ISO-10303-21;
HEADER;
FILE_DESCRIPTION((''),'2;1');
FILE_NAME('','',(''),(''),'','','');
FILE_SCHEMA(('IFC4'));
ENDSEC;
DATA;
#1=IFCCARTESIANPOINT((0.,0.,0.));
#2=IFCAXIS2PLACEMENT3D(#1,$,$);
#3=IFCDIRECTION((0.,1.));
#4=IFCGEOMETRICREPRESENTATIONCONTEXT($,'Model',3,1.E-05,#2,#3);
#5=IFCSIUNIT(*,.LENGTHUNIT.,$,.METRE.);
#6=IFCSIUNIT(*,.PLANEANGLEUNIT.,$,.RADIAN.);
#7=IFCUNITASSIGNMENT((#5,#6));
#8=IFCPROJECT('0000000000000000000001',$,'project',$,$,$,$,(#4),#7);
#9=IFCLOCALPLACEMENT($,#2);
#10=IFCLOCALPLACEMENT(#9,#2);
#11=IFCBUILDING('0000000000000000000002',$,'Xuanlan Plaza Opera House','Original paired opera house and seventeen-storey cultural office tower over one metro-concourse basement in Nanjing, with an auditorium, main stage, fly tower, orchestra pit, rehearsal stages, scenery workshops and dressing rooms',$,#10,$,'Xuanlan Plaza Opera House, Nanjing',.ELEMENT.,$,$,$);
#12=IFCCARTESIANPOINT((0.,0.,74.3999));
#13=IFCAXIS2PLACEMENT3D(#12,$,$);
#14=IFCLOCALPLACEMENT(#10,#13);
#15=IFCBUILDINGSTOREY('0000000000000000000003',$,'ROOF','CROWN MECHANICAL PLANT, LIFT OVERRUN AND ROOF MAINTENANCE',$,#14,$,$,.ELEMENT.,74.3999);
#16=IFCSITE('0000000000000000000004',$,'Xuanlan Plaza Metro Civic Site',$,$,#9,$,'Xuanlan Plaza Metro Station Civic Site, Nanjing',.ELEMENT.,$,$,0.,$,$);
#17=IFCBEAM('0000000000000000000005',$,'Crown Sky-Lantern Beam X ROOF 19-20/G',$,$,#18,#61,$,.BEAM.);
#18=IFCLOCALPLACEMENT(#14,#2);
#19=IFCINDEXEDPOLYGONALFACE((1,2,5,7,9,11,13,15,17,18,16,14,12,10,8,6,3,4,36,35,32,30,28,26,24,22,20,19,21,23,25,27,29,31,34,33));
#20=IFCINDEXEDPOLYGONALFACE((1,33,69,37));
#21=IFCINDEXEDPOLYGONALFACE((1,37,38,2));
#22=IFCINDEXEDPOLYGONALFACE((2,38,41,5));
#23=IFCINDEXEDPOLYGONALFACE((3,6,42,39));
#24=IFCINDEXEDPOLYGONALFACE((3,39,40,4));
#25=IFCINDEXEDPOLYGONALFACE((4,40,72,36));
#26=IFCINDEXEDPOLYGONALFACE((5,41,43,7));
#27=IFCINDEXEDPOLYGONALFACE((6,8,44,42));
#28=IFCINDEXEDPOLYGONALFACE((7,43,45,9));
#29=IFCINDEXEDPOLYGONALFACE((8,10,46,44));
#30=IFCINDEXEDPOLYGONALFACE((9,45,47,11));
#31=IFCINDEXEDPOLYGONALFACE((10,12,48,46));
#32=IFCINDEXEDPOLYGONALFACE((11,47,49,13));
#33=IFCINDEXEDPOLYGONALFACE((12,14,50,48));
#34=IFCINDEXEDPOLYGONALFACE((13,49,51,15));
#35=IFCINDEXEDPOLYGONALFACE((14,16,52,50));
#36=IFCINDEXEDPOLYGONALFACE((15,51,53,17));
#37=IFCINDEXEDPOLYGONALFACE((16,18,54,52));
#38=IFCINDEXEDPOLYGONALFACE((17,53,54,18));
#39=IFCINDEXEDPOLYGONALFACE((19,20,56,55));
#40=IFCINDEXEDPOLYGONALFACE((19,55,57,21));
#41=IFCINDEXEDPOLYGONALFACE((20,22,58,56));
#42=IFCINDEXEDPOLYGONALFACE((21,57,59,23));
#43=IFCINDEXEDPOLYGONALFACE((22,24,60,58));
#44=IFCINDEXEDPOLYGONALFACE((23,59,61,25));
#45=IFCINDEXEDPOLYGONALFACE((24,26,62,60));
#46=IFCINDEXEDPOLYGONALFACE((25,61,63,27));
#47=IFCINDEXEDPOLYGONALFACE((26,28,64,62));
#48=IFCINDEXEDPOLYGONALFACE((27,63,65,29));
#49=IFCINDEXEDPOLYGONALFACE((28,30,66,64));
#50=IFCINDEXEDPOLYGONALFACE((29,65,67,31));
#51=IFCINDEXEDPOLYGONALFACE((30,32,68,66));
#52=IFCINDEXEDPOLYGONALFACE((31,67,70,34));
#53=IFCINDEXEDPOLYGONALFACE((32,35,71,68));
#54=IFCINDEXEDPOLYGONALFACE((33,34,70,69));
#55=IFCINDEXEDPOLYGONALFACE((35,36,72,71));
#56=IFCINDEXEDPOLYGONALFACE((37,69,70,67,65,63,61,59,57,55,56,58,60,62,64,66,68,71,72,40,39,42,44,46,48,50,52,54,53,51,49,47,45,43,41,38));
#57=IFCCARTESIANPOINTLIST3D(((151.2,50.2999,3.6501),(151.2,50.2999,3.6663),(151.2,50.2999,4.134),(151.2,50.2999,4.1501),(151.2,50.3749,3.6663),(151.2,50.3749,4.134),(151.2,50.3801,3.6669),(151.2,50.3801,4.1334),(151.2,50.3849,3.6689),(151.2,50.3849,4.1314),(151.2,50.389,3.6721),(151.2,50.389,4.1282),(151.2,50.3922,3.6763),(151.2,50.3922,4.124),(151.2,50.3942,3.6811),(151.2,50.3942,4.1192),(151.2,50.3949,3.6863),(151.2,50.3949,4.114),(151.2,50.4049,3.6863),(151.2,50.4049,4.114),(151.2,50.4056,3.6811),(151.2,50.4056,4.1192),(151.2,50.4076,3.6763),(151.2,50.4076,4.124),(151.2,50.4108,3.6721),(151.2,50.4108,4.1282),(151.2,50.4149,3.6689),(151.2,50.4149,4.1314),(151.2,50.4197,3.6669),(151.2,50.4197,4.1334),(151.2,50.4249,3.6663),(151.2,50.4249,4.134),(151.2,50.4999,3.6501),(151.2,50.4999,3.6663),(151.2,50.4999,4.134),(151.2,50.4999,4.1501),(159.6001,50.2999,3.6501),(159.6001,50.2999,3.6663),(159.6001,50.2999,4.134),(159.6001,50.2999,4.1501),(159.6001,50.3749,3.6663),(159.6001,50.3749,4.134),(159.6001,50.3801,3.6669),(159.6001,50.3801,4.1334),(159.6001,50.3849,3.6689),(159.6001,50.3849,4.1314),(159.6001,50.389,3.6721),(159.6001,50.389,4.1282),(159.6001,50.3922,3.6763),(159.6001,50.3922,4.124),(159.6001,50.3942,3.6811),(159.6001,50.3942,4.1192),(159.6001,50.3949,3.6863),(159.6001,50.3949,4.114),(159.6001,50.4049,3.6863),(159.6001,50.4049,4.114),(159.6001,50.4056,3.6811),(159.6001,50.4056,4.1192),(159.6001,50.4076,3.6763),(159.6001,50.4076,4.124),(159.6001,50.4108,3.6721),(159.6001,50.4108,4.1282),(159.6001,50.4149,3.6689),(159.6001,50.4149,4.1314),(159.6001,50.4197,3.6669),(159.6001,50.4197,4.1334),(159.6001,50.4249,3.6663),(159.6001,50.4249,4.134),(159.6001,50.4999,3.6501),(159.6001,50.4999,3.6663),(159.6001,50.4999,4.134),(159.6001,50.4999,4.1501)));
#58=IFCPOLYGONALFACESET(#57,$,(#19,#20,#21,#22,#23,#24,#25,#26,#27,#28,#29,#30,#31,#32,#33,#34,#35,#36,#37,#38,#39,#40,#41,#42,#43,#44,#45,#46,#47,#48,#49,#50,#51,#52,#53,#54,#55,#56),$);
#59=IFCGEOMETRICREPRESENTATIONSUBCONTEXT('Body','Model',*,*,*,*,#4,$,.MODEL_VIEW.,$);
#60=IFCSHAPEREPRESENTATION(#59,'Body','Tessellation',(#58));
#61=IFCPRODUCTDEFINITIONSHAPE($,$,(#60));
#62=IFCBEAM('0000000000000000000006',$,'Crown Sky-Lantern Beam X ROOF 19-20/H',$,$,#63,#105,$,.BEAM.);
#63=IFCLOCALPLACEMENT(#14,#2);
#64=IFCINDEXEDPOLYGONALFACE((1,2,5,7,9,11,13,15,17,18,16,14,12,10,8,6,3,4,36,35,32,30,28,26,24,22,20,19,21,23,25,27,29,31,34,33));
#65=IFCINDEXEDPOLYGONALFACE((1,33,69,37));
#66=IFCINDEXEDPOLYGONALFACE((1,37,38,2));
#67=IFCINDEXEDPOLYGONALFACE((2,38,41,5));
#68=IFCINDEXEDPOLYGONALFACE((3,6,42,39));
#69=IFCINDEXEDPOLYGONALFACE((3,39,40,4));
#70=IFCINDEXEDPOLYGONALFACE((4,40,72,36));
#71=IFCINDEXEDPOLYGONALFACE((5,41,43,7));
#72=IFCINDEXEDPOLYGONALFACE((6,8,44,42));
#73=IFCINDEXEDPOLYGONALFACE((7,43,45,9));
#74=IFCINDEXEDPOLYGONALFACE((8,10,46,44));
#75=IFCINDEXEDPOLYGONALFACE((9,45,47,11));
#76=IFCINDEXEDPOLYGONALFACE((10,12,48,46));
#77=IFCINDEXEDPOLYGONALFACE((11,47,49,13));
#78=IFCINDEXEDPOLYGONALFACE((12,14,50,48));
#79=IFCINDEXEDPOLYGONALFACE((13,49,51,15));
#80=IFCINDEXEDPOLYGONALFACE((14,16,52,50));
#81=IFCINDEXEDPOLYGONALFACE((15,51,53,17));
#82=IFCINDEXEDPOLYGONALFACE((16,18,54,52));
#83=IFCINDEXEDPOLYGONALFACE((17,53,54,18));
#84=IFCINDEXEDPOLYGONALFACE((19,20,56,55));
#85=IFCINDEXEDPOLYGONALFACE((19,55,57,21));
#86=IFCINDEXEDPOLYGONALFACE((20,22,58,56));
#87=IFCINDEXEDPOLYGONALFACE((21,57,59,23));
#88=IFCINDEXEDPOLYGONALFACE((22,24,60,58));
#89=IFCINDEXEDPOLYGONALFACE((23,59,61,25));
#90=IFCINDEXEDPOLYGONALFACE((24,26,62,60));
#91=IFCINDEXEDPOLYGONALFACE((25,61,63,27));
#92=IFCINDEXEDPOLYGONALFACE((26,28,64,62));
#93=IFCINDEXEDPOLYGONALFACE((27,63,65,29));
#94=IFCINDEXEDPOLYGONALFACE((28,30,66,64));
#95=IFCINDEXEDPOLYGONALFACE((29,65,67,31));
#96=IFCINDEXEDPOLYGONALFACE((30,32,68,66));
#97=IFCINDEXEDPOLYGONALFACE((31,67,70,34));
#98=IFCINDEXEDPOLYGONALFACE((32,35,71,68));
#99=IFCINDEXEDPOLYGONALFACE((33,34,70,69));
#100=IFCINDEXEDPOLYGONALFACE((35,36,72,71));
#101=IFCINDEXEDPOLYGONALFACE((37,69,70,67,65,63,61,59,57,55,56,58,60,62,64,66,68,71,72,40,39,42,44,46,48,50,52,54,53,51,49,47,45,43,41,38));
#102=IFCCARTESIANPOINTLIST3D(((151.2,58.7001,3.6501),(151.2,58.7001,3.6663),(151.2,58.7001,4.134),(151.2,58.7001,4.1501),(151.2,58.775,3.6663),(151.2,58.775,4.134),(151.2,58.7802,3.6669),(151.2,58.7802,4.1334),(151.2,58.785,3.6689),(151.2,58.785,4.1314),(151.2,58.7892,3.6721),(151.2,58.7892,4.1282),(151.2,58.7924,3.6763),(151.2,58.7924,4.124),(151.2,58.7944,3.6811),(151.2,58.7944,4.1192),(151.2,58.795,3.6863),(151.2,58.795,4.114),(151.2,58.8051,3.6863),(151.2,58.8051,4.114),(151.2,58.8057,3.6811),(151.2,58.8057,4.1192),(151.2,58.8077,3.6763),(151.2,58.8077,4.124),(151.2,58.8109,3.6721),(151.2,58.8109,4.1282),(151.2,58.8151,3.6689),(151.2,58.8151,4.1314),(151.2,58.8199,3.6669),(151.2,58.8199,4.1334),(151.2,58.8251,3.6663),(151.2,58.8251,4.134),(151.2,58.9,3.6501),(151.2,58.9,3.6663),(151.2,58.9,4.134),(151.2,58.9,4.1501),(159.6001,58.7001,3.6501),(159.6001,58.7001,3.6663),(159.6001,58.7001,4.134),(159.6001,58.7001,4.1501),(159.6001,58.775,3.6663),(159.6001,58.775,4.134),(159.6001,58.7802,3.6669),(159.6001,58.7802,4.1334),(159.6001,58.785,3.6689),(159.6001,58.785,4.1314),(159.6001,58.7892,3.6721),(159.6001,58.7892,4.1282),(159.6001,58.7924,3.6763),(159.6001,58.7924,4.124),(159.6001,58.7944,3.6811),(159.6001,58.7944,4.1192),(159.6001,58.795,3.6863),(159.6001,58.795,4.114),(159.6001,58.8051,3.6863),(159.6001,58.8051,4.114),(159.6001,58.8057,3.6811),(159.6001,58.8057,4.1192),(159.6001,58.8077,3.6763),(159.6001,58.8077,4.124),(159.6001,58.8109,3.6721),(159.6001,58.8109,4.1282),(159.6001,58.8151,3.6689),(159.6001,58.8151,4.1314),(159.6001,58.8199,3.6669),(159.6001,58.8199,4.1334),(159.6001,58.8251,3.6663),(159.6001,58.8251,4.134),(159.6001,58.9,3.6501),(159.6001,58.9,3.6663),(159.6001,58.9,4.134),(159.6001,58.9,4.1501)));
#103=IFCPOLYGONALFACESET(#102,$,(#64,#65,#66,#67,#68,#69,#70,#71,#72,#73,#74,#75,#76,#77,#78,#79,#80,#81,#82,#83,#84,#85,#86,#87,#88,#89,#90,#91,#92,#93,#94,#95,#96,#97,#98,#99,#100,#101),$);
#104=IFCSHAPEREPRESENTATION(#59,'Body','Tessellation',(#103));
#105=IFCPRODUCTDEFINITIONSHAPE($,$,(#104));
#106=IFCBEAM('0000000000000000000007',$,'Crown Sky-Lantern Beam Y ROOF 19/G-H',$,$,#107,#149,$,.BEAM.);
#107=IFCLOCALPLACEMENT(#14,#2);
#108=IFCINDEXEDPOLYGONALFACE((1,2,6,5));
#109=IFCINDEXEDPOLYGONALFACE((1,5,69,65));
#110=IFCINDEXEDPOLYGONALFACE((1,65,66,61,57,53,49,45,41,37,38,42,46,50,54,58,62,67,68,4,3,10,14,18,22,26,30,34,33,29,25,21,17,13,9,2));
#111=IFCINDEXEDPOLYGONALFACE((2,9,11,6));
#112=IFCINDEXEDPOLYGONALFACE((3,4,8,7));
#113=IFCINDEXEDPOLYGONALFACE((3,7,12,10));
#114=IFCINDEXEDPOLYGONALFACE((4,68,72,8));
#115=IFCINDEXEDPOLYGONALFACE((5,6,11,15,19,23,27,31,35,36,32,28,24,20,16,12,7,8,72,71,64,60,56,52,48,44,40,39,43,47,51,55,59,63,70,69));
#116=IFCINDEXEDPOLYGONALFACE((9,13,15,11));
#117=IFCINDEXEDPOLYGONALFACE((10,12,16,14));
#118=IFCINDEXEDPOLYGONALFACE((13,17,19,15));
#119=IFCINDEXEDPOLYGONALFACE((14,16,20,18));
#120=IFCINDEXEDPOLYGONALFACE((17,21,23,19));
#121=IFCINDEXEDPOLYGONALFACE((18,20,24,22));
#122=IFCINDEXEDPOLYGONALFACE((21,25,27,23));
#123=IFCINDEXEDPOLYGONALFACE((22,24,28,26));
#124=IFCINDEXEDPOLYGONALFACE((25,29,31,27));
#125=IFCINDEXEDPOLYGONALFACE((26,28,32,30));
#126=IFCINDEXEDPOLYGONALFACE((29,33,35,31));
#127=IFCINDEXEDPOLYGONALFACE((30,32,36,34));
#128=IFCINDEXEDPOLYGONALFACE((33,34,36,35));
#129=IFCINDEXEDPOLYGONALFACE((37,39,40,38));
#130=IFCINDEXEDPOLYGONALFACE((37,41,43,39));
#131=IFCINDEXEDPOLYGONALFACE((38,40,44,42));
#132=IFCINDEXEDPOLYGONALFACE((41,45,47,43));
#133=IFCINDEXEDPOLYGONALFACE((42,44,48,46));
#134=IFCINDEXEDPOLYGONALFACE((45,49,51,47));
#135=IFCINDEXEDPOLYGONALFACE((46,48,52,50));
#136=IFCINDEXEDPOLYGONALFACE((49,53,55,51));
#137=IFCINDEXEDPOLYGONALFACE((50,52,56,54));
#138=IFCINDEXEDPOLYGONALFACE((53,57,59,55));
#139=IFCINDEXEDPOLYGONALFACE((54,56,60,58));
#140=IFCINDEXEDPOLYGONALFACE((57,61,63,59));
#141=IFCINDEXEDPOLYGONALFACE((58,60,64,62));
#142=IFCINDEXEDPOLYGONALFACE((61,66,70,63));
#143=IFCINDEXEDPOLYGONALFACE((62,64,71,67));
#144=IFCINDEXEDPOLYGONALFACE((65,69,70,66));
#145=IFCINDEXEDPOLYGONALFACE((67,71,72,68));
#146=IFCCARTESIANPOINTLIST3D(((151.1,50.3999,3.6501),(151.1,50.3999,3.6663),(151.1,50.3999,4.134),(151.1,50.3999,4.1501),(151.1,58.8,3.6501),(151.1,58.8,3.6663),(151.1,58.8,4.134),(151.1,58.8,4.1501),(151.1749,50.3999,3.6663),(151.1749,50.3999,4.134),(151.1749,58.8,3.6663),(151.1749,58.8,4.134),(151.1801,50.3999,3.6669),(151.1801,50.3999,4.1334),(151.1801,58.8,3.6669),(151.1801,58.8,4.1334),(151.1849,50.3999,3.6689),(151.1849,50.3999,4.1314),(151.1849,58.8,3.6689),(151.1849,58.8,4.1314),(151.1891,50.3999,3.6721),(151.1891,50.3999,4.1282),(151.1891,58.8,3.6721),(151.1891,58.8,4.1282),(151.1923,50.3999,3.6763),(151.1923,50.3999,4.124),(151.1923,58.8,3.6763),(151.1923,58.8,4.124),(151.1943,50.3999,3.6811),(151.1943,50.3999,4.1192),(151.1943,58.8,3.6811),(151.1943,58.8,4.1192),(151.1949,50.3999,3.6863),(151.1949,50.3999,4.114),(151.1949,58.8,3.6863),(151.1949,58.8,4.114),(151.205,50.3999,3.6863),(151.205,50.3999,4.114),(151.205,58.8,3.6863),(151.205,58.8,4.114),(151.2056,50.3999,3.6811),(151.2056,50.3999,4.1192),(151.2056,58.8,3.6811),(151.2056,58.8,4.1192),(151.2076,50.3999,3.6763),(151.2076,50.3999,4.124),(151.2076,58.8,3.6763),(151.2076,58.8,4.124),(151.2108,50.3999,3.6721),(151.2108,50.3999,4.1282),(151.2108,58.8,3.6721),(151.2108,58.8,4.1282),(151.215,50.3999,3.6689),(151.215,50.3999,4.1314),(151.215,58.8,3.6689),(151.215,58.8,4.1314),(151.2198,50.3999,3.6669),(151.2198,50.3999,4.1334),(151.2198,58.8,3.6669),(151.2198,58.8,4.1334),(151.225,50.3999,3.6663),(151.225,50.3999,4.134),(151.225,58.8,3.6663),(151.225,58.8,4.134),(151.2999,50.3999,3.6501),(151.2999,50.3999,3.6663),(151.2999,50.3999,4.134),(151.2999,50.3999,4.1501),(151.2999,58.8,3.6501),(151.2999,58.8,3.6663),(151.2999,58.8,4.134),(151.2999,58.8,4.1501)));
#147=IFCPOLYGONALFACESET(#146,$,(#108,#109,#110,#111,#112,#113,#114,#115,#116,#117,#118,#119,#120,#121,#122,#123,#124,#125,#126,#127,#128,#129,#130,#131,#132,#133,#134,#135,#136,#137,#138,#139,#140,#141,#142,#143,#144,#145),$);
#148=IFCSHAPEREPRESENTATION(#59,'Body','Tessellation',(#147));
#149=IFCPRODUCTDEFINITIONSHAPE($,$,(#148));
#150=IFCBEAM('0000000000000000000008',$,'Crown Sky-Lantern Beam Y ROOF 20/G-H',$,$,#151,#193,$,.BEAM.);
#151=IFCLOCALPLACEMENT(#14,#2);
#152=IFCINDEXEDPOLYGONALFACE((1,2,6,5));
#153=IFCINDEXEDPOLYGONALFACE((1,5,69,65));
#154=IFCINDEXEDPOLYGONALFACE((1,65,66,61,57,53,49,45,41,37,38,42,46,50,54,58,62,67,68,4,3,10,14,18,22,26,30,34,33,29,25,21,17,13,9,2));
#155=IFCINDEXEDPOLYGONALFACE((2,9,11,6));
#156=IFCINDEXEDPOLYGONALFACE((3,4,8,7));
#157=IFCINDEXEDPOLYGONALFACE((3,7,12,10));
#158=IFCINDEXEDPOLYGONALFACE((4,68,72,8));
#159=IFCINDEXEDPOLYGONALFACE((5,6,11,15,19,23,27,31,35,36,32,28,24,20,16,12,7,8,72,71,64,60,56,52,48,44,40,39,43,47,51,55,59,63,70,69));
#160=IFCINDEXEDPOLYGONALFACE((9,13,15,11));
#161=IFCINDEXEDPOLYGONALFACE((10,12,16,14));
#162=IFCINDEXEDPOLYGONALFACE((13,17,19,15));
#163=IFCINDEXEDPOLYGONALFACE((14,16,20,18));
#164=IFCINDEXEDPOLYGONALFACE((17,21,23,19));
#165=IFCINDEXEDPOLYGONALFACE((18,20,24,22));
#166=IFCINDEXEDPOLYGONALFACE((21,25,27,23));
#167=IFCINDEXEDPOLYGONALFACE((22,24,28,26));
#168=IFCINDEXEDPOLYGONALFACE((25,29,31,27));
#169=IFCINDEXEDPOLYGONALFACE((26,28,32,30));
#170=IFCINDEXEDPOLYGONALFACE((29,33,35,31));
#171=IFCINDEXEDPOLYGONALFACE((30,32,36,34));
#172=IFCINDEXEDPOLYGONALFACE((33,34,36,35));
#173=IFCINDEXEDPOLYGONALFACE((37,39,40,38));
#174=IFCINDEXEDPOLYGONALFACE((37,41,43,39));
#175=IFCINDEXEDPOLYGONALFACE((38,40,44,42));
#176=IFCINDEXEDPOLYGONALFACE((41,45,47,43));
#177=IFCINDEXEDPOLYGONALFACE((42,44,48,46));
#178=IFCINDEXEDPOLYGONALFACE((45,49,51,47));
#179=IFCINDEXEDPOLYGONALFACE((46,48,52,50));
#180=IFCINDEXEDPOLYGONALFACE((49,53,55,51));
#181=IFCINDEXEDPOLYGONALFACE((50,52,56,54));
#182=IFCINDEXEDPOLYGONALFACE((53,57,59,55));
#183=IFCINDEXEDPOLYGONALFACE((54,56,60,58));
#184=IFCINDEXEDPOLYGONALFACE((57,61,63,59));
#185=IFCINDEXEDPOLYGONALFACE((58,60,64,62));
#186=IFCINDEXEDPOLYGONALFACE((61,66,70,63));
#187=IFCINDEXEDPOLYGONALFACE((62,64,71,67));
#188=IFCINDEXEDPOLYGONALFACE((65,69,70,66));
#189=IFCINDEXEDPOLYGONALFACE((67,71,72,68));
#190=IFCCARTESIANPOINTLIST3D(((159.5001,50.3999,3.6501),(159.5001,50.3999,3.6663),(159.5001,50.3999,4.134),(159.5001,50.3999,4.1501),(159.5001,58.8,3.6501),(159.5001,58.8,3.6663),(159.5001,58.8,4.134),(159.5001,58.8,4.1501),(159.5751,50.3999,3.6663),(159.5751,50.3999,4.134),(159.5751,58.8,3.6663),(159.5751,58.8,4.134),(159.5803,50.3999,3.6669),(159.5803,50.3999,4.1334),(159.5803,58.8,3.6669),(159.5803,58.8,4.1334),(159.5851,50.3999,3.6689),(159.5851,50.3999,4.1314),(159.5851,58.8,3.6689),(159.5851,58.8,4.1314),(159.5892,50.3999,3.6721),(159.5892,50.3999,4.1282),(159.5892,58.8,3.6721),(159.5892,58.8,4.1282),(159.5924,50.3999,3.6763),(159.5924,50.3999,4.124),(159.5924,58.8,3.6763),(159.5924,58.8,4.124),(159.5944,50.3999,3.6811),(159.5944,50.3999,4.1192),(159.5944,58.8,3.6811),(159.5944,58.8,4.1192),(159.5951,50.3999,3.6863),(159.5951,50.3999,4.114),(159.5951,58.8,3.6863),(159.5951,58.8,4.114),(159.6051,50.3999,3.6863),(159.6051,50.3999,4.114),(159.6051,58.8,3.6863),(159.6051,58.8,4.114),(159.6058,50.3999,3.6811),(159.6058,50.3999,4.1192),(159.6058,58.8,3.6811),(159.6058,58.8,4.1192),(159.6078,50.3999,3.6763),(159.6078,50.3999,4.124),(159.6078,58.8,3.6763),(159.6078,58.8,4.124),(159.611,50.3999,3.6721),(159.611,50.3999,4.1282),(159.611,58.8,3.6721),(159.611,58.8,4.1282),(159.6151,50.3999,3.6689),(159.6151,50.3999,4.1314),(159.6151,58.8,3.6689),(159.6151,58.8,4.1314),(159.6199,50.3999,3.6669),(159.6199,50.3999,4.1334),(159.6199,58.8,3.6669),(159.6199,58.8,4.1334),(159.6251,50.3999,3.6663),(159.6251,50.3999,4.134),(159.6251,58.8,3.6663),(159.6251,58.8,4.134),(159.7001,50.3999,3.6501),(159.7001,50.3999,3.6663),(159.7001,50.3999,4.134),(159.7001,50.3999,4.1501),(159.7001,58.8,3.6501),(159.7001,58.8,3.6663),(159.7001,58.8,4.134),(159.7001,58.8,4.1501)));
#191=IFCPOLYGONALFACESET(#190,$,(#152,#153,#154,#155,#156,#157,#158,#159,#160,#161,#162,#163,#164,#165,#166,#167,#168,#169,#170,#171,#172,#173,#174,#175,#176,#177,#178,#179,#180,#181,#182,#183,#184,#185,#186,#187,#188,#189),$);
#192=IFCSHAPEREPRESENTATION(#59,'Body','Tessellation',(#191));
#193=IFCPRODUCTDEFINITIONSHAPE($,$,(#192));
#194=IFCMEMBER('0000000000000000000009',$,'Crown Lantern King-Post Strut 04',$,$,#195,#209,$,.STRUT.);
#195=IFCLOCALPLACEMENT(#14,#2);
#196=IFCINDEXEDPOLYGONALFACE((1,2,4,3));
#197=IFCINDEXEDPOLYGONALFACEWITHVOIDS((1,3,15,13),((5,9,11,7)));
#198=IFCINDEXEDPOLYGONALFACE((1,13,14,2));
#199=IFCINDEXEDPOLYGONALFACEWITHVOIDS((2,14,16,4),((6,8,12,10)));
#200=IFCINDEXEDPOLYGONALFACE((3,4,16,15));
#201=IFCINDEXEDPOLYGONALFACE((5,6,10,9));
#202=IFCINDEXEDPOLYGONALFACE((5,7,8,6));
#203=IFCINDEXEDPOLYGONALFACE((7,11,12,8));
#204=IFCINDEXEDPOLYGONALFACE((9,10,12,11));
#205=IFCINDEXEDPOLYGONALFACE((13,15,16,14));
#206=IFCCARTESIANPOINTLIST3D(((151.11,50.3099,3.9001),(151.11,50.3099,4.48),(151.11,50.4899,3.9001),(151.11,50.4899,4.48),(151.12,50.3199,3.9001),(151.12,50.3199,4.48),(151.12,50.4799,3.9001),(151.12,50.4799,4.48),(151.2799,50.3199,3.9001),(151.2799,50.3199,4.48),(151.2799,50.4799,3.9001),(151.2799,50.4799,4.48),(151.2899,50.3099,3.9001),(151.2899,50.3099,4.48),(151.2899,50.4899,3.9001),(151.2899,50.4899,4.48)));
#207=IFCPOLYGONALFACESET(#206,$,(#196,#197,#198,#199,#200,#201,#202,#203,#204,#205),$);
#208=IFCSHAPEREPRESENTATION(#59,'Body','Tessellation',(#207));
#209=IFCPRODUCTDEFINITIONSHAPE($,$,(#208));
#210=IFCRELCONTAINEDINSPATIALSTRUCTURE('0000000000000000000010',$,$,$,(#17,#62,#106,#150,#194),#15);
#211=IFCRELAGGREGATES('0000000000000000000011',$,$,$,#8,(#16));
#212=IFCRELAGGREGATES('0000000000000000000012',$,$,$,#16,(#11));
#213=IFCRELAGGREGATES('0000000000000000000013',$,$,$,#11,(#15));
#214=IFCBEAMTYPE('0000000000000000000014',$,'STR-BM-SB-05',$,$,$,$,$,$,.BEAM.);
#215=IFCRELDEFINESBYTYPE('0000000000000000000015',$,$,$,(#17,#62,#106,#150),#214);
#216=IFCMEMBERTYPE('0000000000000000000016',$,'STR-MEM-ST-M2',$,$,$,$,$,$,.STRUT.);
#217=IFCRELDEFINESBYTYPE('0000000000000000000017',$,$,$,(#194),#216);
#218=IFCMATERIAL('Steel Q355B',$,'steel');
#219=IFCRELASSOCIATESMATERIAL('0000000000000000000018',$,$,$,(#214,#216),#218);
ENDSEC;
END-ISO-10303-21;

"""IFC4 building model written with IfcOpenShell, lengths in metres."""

from ifc_helpers import new_model, si_unit, direction, frame, origin, origin_2d, place, context, subcontext, project, spatial, hollow_rectangle, i_section, extrude, material, material_profile, profile_set, type_object, element, save


model = new_model("IFC4")

# Units and contexts
model_context = context("Model", 3, precision=1e-05, world=origin(), true_north=direction((0.0, 1.0)))
body_context = subcontext(model_context, "Body", "Model", "MODEL_VIEW")
ifc_project = project(units=[si_unit("LENGTHUNIT", "METRE"), si_unit("PLANEANGLEUNIT", "RADIAN")], contexts=[model_context])

# Site, building, storey
site_placement = place(None, origin())
site = spatial("IfcSite", under=ifc_project, at=site_placement, Name="Xuanlan Plaza Metro Civic Site", LongName="Xuanlan Plaza Metro Station Civic Site, Nanjing", CompositionType="ELEMENT", RefElevation=0.0)
building_placement = place(site_placement, origin())
building = spatial("IfcBuilding", under=site, at=building_placement, Name="Xuanlan Plaza Opera House", Description="Original paired opera house and seventeen-storey cultural office tower over one metro-concourse basement in Nanjing, with an auditorium, main stage, fly tower, orchestra pit, rehearsal stages, scenery workshops and dressing rooms", LongName="Xuanlan Plaza Opera House, Nanjing", CompositionType="ELEMENT")
storey_placement = place(building_placement, frame((0.0, 0.0, 74.3999)))
storey = spatial("IfcBuildingStorey", under=building, at=storey_placement, Name="ROOF", Description="CROWN MECHANICAL PLANT, LIFT OVERRUN AND ROOF MAINTENANCE", CompositionType="ELEMENT", Elevation=74.3999)

# Shared definitions
ifc_material_1 = material(Name="Steel Q355B", Category="steel")

# Beams
ifc_material_profile_1 = material_profile(ifc_material_1, i_section(OverallWidth=0.2, OverallDepth=0.5, WebThickness=0.01, FlangeThickness=0.0161, FilletRadius=0.02, at=origin_2d()), Name="HN 500x200x10x16")
ifc_profile_set_1 = profile_set([ifc_material_profile_1], Name="Steel Q355B")
beam_type = type_object("IfcBeamType", Name="STR-BM-SB-05", PredefinedType="BEAM", material=ifc_profile_set_1)
for number, where, z_axis, x_axis, name in (
    (1, (151.2, 50.3999, 3.9001), (1.0, 0.0, 0.0), (0.0, 1.0, 0.0), "Crown Sky-Lantern Beam X ROOF 19-20/G"),
    (2, (151.2, 58.8, 3.9001), (1.0, 0.0, 0.0), (0.0, 1.0, 0.0), "Crown Sky-Lantern Beam X ROOF 19-20/H"),
    (3, (151.2, 50.3999, 3.9001), (0.0, 1.0, 0.0), (-1.0, 0.0, 0.0), "Crown Sky-Lantern Beam Y ROOF 19/G-H"),
    (4, (159.6001, 50.3999, 3.9001), (0.0, 1.0, 0.0), (-1.0, 0.0, 0.0), "Crown Sky-Lantern Beam Y ROOF 20/G-H"),
):
    element("IfcBeam", number, at=place(storey_placement, frame(where, z_axis=z_axis, x_axis=x_axis)), inside=storey, type_object=beam_type, Name=name, PredefinedType="BEAM", context=body_context, shape_type="SweptSolid", body=[
        extrude(i_section(OverallWidth=0.2, OverallDepth=0.5, WebThickness=0.01, FlangeThickness=0.0161, FilletRadius=0.02, at=origin_2d()), origin(), (0.0, 0.0, 1.0), 8.4001),
    ])

# Member
ifc_material_profile_2 = material_profile(ifc_material_1, hollow_rectangle(XDim=0.1799, YDim=0.1799, WallThickness=0.01, at=origin_2d()), Name="SHS 180x180x10")
ifc_profile_set_2 = profile_set([ifc_material_profile_2], Name="Steel Q355B")
member_type_1 = type_object("IfcMemberType", Name="STR-MEM-ST-M2", PredefinedType="STRUT", material=ifc_profile_set_2)
member_1_placement = place(storey_placement, frame((151.2, 50.3999, 3.9001), z_axis=(0.0, 0.0, 1.0), x_axis=(1.0, 0.0, 0.0)))
element("IfcMember", 5, at=member_1_placement, inside=storey, type_object=member_type_1, Name="Crown Lantern King-Post Strut 04", PredefinedType="STRUT", context=body_context, shape_type="SweptSolid", body=[
    extrude(hollow_rectangle(XDim=0.1799, YDim=0.1799, WallThickness=0.01, at=origin_2d()), origin(), (0.0, 0.0, 1.0), 0.5798),
])

save(model, "model.ifc")
